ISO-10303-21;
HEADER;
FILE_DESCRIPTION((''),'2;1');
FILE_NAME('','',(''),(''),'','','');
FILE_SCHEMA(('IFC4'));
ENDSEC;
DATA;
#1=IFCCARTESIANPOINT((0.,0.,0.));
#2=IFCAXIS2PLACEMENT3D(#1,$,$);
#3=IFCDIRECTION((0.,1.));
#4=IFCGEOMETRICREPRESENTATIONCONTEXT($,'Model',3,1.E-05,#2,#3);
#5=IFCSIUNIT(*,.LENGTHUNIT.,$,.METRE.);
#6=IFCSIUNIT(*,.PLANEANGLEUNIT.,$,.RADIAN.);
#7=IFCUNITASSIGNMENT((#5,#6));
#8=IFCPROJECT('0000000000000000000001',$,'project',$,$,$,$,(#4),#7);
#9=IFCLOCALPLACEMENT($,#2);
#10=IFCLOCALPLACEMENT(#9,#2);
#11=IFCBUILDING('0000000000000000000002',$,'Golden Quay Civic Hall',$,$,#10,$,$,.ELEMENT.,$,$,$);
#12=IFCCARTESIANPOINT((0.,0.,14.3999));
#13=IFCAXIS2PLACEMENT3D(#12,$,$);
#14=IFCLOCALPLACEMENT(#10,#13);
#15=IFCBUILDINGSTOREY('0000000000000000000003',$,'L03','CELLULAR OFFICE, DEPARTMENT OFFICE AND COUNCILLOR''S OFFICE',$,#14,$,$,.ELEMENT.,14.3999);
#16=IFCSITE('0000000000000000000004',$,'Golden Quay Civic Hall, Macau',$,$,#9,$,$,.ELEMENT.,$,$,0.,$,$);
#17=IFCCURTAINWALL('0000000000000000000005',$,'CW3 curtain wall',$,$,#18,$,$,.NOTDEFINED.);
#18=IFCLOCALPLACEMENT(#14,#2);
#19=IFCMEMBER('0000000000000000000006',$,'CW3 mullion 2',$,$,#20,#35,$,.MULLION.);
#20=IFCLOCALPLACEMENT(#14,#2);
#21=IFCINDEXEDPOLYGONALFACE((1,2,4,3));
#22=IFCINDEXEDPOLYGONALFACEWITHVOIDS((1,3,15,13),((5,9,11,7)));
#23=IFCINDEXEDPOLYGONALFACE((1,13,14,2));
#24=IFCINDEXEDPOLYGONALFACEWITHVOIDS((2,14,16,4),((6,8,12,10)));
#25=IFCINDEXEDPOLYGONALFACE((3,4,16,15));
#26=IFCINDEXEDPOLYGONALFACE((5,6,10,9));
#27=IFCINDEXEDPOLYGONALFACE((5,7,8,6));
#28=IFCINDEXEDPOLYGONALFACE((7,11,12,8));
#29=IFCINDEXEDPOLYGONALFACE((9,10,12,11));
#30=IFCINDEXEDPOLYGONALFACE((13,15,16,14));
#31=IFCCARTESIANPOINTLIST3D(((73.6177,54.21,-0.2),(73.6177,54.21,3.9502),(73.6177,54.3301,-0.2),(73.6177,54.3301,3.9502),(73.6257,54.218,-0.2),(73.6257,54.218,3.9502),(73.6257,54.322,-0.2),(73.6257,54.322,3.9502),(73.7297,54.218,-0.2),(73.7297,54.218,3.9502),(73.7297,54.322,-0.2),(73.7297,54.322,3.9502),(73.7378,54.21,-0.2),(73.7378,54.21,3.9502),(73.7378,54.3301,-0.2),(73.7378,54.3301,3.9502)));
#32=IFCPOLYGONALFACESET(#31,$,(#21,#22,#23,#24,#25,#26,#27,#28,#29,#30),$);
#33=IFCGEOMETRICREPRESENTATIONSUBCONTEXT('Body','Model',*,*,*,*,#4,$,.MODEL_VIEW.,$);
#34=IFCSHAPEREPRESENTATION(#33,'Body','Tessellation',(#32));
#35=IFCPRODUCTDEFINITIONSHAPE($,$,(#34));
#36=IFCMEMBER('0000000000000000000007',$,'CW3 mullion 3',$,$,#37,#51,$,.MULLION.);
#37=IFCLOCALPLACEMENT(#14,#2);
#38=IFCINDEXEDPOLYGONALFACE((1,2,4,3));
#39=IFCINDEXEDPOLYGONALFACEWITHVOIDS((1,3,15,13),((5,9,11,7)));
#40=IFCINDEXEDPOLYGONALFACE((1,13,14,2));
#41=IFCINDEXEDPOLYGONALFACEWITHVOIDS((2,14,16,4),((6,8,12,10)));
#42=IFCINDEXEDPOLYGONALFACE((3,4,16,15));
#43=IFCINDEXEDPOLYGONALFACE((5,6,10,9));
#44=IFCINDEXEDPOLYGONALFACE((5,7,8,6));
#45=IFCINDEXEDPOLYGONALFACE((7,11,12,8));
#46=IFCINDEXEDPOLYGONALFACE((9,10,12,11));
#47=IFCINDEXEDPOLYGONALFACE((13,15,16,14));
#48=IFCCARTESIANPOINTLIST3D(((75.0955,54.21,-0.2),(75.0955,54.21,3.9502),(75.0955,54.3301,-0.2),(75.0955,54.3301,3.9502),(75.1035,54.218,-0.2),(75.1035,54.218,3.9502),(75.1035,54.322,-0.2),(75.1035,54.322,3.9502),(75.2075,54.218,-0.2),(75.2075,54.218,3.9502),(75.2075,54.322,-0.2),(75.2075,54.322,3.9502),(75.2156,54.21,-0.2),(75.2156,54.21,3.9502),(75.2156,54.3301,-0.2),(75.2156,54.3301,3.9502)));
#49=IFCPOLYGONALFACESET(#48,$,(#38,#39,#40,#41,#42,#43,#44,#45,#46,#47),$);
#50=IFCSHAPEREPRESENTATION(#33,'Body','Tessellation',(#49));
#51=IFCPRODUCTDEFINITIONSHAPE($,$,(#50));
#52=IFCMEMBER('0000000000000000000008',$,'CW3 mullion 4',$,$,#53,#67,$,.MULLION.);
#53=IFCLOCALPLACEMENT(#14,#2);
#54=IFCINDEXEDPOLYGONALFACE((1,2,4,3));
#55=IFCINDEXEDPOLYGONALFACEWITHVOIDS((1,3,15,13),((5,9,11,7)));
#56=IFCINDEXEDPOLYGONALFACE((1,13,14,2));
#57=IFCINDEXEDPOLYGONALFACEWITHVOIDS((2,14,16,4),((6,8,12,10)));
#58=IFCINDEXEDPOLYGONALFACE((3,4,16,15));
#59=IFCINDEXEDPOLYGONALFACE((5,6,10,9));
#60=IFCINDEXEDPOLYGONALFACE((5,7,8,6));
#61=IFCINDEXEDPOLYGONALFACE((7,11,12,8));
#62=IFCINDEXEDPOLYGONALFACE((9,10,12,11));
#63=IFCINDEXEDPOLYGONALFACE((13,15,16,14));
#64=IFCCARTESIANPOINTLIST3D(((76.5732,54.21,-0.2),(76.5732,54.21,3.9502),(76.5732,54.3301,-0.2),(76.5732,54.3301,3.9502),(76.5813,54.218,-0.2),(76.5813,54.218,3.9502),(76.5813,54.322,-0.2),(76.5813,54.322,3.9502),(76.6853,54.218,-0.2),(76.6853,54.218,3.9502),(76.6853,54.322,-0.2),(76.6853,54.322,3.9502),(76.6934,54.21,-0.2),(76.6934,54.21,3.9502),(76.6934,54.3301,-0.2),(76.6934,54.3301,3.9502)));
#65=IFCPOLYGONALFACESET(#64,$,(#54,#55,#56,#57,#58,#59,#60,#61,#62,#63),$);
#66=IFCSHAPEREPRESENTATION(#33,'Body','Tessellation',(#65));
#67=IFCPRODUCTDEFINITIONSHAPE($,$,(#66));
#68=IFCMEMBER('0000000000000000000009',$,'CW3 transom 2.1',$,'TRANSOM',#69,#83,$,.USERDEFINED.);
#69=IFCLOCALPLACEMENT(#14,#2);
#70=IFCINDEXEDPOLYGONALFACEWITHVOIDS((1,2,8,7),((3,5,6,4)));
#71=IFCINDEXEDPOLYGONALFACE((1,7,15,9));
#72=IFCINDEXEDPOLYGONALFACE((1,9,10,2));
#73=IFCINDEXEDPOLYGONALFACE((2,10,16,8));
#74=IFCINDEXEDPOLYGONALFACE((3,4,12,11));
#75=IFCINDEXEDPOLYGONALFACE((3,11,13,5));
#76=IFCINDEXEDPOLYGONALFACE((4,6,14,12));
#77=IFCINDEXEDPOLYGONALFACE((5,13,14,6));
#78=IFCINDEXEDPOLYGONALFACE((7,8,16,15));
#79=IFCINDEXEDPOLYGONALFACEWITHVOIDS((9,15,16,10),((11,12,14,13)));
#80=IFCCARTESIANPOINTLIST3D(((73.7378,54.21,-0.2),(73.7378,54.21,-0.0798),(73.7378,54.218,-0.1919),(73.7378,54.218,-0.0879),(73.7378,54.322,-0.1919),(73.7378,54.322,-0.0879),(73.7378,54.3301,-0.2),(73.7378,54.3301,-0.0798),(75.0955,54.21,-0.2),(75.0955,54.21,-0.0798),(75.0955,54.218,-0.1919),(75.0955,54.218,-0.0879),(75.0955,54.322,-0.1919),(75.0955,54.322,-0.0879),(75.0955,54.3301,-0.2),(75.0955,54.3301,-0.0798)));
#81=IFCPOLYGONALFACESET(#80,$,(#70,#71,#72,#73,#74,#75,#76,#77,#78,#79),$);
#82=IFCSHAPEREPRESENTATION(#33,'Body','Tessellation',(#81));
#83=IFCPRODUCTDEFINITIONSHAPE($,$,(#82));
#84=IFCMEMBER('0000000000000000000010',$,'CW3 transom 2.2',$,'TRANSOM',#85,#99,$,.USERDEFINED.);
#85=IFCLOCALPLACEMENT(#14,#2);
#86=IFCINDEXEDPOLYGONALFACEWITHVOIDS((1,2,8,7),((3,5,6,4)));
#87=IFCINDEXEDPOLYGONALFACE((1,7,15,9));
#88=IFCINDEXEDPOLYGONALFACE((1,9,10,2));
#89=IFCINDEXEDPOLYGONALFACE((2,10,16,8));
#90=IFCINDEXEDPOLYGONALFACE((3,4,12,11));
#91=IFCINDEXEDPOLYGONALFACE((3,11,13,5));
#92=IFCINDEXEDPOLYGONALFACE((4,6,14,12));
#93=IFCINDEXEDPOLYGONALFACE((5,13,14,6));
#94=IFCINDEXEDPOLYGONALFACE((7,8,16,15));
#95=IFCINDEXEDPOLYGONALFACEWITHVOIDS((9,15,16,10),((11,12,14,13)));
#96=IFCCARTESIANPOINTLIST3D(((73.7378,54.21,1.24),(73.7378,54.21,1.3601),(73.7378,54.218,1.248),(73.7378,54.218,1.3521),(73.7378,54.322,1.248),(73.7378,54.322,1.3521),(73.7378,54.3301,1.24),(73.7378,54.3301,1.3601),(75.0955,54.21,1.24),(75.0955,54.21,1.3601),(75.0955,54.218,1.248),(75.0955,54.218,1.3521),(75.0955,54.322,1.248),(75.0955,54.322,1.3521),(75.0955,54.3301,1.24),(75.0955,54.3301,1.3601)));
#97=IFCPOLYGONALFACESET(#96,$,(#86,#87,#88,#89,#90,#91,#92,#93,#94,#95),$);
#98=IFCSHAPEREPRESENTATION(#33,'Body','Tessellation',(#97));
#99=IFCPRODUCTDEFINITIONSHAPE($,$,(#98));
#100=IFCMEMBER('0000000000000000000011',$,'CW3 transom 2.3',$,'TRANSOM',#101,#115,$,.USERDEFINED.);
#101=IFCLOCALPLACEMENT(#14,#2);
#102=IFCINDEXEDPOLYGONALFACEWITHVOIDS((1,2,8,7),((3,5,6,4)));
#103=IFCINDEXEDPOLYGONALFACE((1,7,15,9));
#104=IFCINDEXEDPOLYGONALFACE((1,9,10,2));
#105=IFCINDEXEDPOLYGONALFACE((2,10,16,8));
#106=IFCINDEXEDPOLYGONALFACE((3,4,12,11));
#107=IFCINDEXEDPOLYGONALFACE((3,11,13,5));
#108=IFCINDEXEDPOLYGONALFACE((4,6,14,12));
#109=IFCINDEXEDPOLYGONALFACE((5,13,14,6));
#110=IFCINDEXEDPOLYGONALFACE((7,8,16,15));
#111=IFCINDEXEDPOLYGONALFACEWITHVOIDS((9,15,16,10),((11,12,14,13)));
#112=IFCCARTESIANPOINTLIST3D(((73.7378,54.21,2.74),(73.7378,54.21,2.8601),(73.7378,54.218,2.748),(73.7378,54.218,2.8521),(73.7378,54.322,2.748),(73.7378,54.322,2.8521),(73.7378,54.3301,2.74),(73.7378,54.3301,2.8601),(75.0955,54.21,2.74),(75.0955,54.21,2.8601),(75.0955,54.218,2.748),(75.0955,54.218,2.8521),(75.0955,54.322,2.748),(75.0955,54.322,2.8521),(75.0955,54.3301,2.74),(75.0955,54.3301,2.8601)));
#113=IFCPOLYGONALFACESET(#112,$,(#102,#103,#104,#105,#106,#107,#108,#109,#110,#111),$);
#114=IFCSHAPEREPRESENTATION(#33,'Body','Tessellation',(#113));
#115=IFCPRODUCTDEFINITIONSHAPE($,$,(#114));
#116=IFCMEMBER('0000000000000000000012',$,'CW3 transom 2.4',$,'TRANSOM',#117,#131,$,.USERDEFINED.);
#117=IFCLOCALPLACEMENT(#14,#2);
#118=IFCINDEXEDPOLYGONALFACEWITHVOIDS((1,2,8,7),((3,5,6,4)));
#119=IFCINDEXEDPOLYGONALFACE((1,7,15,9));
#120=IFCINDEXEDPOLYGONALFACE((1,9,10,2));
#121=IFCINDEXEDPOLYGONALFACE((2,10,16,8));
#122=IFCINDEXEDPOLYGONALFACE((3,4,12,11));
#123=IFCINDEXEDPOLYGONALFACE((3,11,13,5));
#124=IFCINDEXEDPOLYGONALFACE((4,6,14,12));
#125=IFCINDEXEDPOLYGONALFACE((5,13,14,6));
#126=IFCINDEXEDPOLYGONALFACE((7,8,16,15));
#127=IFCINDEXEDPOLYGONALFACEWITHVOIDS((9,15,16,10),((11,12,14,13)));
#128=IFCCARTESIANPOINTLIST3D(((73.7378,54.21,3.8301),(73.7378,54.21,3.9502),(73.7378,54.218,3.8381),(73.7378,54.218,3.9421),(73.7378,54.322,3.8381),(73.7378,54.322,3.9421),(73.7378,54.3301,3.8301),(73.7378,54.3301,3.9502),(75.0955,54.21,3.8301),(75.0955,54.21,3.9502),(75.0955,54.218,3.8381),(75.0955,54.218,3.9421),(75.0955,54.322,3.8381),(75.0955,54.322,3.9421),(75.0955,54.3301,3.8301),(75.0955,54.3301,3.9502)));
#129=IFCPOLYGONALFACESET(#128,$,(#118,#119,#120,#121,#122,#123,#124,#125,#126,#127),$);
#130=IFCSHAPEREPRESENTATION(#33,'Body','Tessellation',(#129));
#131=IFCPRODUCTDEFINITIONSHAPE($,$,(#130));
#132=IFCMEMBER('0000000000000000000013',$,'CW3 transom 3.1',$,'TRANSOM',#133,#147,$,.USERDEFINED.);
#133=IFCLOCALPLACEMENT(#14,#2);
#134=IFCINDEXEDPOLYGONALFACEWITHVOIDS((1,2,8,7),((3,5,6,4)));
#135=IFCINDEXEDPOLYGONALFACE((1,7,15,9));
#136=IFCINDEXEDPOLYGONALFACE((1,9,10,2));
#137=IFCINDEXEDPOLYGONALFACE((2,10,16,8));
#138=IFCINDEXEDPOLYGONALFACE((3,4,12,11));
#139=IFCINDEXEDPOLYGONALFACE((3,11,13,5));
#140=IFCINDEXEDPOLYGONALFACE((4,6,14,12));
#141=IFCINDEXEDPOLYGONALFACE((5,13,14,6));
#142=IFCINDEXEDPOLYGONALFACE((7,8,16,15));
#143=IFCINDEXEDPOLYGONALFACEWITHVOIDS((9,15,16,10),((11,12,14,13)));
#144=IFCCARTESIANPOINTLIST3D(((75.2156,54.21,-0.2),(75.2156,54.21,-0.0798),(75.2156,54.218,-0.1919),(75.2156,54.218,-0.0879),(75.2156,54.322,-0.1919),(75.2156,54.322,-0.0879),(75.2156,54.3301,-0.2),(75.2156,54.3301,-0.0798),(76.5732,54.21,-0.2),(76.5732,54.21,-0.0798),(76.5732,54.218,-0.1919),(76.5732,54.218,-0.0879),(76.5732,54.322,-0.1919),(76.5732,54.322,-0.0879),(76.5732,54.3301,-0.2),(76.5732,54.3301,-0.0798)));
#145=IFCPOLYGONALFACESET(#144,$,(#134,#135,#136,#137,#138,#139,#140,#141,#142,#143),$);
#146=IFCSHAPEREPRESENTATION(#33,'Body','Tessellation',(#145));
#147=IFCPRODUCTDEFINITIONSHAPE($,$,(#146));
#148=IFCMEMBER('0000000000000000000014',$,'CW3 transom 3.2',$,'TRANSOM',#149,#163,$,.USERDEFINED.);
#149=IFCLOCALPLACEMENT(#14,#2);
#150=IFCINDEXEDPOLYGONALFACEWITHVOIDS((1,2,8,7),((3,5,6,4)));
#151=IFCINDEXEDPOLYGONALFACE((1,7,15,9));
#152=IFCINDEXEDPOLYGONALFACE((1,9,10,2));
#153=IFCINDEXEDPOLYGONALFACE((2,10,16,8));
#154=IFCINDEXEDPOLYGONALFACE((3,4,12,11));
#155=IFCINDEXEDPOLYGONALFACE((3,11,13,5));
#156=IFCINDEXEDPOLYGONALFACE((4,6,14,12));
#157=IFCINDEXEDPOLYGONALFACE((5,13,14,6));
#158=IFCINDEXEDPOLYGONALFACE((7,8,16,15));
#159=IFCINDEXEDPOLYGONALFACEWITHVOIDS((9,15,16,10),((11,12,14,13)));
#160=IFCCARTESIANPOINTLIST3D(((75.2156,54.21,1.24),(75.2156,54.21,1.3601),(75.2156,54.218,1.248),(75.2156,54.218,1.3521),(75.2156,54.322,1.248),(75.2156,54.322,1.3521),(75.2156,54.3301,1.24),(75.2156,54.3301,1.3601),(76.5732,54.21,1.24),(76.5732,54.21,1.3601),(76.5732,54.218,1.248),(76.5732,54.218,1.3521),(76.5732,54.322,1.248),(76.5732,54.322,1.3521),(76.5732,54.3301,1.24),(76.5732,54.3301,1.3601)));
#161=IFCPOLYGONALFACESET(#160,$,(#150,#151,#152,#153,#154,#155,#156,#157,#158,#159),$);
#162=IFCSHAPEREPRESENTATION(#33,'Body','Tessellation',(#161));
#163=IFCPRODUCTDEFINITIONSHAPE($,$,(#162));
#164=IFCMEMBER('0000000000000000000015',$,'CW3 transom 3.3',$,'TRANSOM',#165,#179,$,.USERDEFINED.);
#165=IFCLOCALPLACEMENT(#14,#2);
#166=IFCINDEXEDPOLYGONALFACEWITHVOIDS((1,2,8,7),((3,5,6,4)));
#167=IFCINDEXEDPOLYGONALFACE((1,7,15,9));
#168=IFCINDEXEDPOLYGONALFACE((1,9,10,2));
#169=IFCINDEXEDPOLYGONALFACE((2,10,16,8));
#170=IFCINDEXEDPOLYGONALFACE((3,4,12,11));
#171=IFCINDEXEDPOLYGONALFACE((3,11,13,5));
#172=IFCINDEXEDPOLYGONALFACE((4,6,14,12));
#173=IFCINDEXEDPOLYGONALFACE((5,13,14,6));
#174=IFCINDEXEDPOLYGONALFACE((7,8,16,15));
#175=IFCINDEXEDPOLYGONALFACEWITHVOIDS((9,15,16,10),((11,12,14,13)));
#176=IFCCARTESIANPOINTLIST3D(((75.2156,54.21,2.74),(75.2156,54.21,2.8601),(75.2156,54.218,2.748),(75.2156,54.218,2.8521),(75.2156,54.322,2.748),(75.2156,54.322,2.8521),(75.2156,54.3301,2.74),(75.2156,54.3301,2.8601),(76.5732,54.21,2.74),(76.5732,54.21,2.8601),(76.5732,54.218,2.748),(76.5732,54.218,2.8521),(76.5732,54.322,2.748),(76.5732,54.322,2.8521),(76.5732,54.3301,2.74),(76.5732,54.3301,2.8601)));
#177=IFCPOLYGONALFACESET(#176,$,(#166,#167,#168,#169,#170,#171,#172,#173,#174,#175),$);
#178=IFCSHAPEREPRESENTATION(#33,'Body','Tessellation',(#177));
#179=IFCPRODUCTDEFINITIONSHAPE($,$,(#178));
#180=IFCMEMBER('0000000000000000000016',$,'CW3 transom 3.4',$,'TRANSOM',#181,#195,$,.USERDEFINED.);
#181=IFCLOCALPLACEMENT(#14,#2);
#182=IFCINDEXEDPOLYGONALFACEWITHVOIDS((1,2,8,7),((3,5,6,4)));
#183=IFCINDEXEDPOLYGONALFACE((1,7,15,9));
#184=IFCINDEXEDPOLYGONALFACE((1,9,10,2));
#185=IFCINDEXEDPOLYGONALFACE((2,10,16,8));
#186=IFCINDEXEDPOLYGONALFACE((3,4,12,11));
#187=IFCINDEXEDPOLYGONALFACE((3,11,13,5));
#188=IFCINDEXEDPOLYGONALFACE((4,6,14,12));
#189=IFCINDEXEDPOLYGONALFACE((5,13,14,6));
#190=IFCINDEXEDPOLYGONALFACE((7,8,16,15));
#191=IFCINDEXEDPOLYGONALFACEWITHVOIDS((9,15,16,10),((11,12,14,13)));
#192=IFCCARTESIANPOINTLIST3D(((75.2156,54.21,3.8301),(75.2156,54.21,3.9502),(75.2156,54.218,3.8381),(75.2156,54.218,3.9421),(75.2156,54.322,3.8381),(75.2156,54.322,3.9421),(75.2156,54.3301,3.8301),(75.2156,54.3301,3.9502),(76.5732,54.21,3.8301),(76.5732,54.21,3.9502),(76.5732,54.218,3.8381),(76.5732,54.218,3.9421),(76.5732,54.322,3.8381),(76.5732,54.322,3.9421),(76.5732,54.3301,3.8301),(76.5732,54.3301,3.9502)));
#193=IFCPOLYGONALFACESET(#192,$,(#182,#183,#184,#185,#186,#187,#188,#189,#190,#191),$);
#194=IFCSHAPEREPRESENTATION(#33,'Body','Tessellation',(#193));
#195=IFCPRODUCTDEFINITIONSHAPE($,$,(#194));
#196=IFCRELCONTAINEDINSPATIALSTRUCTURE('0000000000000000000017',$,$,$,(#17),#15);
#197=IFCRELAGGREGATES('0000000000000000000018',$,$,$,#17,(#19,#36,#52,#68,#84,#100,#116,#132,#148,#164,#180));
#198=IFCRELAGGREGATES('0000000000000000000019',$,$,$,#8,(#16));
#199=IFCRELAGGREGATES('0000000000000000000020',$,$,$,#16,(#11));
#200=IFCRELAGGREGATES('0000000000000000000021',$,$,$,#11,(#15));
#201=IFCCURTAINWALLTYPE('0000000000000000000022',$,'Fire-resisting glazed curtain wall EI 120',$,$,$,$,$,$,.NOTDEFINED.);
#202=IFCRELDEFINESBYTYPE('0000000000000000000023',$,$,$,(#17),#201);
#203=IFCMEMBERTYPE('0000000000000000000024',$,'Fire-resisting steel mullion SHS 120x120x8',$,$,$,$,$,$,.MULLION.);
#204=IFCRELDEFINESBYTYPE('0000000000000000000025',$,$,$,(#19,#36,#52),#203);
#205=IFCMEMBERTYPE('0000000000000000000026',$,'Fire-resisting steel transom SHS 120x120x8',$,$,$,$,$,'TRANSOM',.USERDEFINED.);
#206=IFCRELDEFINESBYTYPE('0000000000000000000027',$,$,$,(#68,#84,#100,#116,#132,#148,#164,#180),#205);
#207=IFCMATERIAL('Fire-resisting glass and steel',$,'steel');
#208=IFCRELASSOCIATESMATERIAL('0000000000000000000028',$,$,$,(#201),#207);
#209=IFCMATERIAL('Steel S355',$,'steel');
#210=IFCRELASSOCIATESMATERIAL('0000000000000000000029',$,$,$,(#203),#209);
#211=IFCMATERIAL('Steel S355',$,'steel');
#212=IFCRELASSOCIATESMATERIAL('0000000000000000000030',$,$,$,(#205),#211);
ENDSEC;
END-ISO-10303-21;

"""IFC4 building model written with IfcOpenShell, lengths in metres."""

from ifc_helpers import new_model, si_unit, direction, frame, origin, origin_2d, place, context, subcontext, project, spatial, hollow_rectangle, extrude, material, material_profile, profile_set, type_object, element, aggregate, save


model = new_model("IFC4")

# Units and contexts
model_context = context("Model", 3, precision=1e-05, world=origin(), true_north=direction((0.0, 1.0)))
body_context = subcontext(model_context, "Body", "Model", "MODEL_VIEW")
ifc_project = project(units=[si_unit("LENGTHUNIT", "METRE"), si_unit("PLANEANGLEUNIT", "RADIAN")], contexts=[model_context])

# Site, building, storey
site_placement = place(None, origin())
site = spatial("IfcSite", under=ifc_project, at=site_placement, Name="Golden Quay Civic Hall, Macau", CompositionType="ELEMENT", RefElevation=0.0)
building_placement = place(site_placement, origin())
building = spatial("IfcBuilding", under=site, at=building_placement, Name="Golden Quay Civic Hall", CompositionType="ELEMENT")
storey_placement = place(building_placement, frame((0.0, 0.0, 14.3999)))
storey = spatial("IfcBuildingStorey", under=building, at=storey_placement, Name="L03", Description="CELLULAR OFFICE, DEPARTMENT OFFICE AND COUNCILLOR'S OFFICE", CompositionType="ELEMENT", Elevation=14.3999)

# Curtain wall, members
ifc_material_1 = material(Name="Fire-resisting glass and steel", Category="steel")
curtain_wall_type = type_object("IfcCurtainWallType", Name="Fire-resisting glazed curtain wall EI 120", PredefinedType="NOTDEFINED", material=ifc_material_1)
curtain_wall_placement = place(storey_placement, origin())
curtain_wall = element("IfcCurtainWall", 1, at=curtain_wall_placement, inside=storey, type_object=curtain_wall_type, Name="CW3 curtain wall", PredefinedType="NOTDEFINED")
ifc_material_2 = material(Name="Steel S355", Category="steel")
ifc_material_profile_1 = material_profile(ifc_material_2, hollow_rectangle(XDim=0.1201, YDim=0.1201, WallThickness=0.0081, at=origin_2d()), Name="SHS 120x120x8")
ifc_profile_set_1 = profile_set([ifc_material_profile_1], Name="Steel S355")
member_type_1 = type_object("IfcMemberType", Name="Fire-resisting steel mullion SHS 120x120x8", PredefinedType="MULLION", material=ifc_profile_set_1)
member_1_placement = place(storey_placement, frame((73.6777, 54.27, -0.2), z_axis=(0.0, 0.0, 1.0), x_axis=(0.0, 1.0, 0.0)))
member_1 = element("IfcMember", 2, at=member_1_placement, type_object=member_type_1, Name="CW3 mullion 2", PredefinedType="MULLION", context=body_context, shape_type="SweptSolid", body=[
    extrude(hollow_rectangle(XDim=0.1201, YDim=0.1201, WallThickness=0.0081, at=origin_2d()), origin(), (0.0, 0.0, 1.0), 4.1501),
])
member_2_placement = place(storey_placement, frame((75.1555, 54.27, -0.2), z_axis=(0.0, 0.0, 1.0), x_axis=(0.0, 1.0, 0.0)))
member_2 = element("IfcMember", 3, at=member_2_placement, type_object=member_type_1, Name="CW3 mullion 3", PredefinedType="MULLION", context=body_context, shape_type="SweptSolid", body=[
    extrude(hollow_rectangle(XDim=0.1201, YDim=0.1201, WallThickness=0.0081, at=origin_2d()), origin(), (0.0, 0.0, 1.0), 4.1501),
])
member_3_placement = place(storey_placement, frame((76.6333, 54.27, -0.2), z_axis=(0.0, 0.0, 1.0), x_axis=(0.0, 1.0, 0.0)))
member_3 = element("IfcMember", 4, at=member_3_placement, type_object=member_type_1, Name="CW3 mullion 4", PredefinedType="MULLION", context=body_context, shape_type="SweptSolid", body=[
    extrude(hollow_rectangle(XDim=0.1201, YDim=0.1201, WallThickness=0.0081, at=origin_2d()), origin(), (0.0, 0.0, 1.0), 4.1501),
])
ifc_material_3 = material(Name="Steel S355", Category="steel")
ifc_material_profile_2 = material_profile(ifc_material_3, hollow_rectangle(XDim=0.1201, YDim=0.1201, WallThickness=0.0081, at=origin_2d()), Name="SHS 120x120x8")
ifc_profile_set_2 = profile_set([ifc_material_profile_2], Name="Steel S355")
member_type_2 = type_object("IfcMemberType", Name="Fire-resisting steel transom SHS 120x120x8", ElementType="TRANSOM", PredefinedType="USERDEFINED", material=ifc_profile_set_2)
member_4_placement = place(storey_placement, frame((73.7378, 54.27, -0.1399), z_axis=(1.0, 0.0, 0.0), x_axis=(0.0, 1.0, 0.0)))
member_4 = element("IfcMember", 5, at=member_4_placement, type_object=member_type_2, Name="CW3 transom 2.1", ObjectType="TRANSOM", PredefinedType="USERDEFINED", context=body_context, shape_type="SweptSolid", body=[
    extrude(hollow_rectangle(XDim=0.1201, YDim=0.1201, WallThickness=0.0081, at=origin_2d()), origin(), (0.0, 0.0, 1.0), 1.3577),
])
member_5_placement = place(storey_placement, frame((73.7378, 54.27, 1.3), z_axis=(1.0, 0.0, 0.0), x_axis=(0.0, 1.0, 0.0)))
member_5 = element("IfcMember", 6, at=member_5_placement, type_object=member_type_2, Name="CW3 transom 2.2", ObjectType="TRANSOM", PredefinedType="USERDEFINED", context=body_context, shape_type="SweptSolid", body=[
    extrude(hollow_rectangle(XDim=0.1201, YDim=0.1201, WallThickness=0.0081, at=origin_2d()), origin(), (0.0, 0.0, 1.0), 1.3577),
])
member_6_placement = place(storey_placement, frame((73.7378, 54.27, 2.8), z_axis=(1.0, 0.0, 0.0), x_axis=(0.0, 1.0, 0.0)))
member_6 = element("IfcMember", 7, at=member_6_placement, type_object=member_type_2, Name="CW3 transom 2.3", ObjectType="TRANSOM", PredefinedType="USERDEFINED", context=body_context, shape_type="SweptSolid", body=[
    extrude(hollow_rectangle(XDim=0.1201, YDim=0.1201, WallThickness=0.0081, at=origin_2d()), origin(), (0.0, 0.0, 1.0), 1.3577),
])
member_7_placement = place(storey_placement, frame((73.7378, 54.27, 3.8901), z_axis=(1.0, 0.0, 0.0), x_axis=(0.0, 1.0, 0.0)))
member_7 = element("IfcMember", 8, at=member_7_placement, type_object=member_type_2, Name="CW3 transom 2.4", ObjectType="TRANSOM", PredefinedType="USERDEFINED", context=body_context, shape_type="SweptSolid", body=[
    extrude(hollow_rectangle(XDim=0.1201, YDim=0.1201, WallThickness=0.0081, at=origin_2d()), origin(), (0.0, 0.0, 1.0), 1.3577),
])
member_8_placement = place(storey_placement, frame((75.2156, 54.27, -0.1399), z_axis=(1.0, 0.0, 0.0), x_axis=(0.0, 1.0, 0.0)))
member_8 = element("IfcMember", 9, at=member_8_placement, type_object=member_type_2, Name="CW3 transom 3.1", ObjectType="TRANSOM", PredefinedType="USERDEFINED", context=body_context, shape_type="SweptSolid", body=[
    extrude(hollow_rectangle(XDim=0.1201, YDim=0.1201, WallThickness=0.0081, at=origin_2d()), origin(), (0.0, 0.0, 1.0), 1.3577),
])
member_9_placement = place(storey_placement, frame((75.2156, 54.27, 1.3), z_axis=(1.0, 0.0, 0.0), x_axis=(0.0, 1.0, 0.0)))
member_9 = element("IfcMember", 10, at=member_9_placement, type_object=member_type_2, Name="CW3 transom 3.2", ObjectType="TRANSOM", PredefinedType="USERDEFINED", context=body_context, shape_type="SweptSolid", body=[
    extrude(hollow_rectangle(XDim=0.1201, YDim=0.1201, WallThickness=0.0081, at=origin_2d()), origin(), (0.0, 0.0, 1.0), 1.3577),
])
member_10_placement = place(storey_placement, frame((75.2156, 54.27, 2.8), z_axis=(1.0, 0.0, 0.0), x_axis=(0.0, 1.0, 0.0)))
member_10 = element("IfcMember", 11, at=member_10_placement, type_object=member_type_2, Name="CW3 transom 3.3", ObjectType="TRANSOM", PredefinedType="USERDEFINED", context=body_context, shape_type="SweptSolid", body=[
    extrude(hollow_rectangle(XDim=0.1201, YDim=0.1201, WallThickness=0.0081, at=origin_2d()), origin(), (0.0, 0.0, 1.0), 1.3577),
])
member_11_placement = place(storey_placement, frame((75.2156, 54.27, 3.8901), z_axis=(1.0, 0.0, 0.0), x_axis=(0.0, 1.0, 0.0)))
member_11 = element("IfcMember", 12, at=member_11_placement, type_object=member_type_2, Name="CW3 transom 3.4", ObjectType="TRANSOM", PredefinedType="USERDEFINED", context=body_context, shape_type="SweptSolid", body=[
    extrude(hollow_rectangle(XDim=0.1201, YDim=0.1201, WallThickness=0.0081, at=origin_2d()), origin(), (0.0, 0.0, 1.0), 1.3577),
])
aggregate(curtain_wall, [member_1, member_2, member_3, member_4, member_5, member_6, member_7, member_8, member_9, member_10, member_11])

save(model, "model.ifc")
